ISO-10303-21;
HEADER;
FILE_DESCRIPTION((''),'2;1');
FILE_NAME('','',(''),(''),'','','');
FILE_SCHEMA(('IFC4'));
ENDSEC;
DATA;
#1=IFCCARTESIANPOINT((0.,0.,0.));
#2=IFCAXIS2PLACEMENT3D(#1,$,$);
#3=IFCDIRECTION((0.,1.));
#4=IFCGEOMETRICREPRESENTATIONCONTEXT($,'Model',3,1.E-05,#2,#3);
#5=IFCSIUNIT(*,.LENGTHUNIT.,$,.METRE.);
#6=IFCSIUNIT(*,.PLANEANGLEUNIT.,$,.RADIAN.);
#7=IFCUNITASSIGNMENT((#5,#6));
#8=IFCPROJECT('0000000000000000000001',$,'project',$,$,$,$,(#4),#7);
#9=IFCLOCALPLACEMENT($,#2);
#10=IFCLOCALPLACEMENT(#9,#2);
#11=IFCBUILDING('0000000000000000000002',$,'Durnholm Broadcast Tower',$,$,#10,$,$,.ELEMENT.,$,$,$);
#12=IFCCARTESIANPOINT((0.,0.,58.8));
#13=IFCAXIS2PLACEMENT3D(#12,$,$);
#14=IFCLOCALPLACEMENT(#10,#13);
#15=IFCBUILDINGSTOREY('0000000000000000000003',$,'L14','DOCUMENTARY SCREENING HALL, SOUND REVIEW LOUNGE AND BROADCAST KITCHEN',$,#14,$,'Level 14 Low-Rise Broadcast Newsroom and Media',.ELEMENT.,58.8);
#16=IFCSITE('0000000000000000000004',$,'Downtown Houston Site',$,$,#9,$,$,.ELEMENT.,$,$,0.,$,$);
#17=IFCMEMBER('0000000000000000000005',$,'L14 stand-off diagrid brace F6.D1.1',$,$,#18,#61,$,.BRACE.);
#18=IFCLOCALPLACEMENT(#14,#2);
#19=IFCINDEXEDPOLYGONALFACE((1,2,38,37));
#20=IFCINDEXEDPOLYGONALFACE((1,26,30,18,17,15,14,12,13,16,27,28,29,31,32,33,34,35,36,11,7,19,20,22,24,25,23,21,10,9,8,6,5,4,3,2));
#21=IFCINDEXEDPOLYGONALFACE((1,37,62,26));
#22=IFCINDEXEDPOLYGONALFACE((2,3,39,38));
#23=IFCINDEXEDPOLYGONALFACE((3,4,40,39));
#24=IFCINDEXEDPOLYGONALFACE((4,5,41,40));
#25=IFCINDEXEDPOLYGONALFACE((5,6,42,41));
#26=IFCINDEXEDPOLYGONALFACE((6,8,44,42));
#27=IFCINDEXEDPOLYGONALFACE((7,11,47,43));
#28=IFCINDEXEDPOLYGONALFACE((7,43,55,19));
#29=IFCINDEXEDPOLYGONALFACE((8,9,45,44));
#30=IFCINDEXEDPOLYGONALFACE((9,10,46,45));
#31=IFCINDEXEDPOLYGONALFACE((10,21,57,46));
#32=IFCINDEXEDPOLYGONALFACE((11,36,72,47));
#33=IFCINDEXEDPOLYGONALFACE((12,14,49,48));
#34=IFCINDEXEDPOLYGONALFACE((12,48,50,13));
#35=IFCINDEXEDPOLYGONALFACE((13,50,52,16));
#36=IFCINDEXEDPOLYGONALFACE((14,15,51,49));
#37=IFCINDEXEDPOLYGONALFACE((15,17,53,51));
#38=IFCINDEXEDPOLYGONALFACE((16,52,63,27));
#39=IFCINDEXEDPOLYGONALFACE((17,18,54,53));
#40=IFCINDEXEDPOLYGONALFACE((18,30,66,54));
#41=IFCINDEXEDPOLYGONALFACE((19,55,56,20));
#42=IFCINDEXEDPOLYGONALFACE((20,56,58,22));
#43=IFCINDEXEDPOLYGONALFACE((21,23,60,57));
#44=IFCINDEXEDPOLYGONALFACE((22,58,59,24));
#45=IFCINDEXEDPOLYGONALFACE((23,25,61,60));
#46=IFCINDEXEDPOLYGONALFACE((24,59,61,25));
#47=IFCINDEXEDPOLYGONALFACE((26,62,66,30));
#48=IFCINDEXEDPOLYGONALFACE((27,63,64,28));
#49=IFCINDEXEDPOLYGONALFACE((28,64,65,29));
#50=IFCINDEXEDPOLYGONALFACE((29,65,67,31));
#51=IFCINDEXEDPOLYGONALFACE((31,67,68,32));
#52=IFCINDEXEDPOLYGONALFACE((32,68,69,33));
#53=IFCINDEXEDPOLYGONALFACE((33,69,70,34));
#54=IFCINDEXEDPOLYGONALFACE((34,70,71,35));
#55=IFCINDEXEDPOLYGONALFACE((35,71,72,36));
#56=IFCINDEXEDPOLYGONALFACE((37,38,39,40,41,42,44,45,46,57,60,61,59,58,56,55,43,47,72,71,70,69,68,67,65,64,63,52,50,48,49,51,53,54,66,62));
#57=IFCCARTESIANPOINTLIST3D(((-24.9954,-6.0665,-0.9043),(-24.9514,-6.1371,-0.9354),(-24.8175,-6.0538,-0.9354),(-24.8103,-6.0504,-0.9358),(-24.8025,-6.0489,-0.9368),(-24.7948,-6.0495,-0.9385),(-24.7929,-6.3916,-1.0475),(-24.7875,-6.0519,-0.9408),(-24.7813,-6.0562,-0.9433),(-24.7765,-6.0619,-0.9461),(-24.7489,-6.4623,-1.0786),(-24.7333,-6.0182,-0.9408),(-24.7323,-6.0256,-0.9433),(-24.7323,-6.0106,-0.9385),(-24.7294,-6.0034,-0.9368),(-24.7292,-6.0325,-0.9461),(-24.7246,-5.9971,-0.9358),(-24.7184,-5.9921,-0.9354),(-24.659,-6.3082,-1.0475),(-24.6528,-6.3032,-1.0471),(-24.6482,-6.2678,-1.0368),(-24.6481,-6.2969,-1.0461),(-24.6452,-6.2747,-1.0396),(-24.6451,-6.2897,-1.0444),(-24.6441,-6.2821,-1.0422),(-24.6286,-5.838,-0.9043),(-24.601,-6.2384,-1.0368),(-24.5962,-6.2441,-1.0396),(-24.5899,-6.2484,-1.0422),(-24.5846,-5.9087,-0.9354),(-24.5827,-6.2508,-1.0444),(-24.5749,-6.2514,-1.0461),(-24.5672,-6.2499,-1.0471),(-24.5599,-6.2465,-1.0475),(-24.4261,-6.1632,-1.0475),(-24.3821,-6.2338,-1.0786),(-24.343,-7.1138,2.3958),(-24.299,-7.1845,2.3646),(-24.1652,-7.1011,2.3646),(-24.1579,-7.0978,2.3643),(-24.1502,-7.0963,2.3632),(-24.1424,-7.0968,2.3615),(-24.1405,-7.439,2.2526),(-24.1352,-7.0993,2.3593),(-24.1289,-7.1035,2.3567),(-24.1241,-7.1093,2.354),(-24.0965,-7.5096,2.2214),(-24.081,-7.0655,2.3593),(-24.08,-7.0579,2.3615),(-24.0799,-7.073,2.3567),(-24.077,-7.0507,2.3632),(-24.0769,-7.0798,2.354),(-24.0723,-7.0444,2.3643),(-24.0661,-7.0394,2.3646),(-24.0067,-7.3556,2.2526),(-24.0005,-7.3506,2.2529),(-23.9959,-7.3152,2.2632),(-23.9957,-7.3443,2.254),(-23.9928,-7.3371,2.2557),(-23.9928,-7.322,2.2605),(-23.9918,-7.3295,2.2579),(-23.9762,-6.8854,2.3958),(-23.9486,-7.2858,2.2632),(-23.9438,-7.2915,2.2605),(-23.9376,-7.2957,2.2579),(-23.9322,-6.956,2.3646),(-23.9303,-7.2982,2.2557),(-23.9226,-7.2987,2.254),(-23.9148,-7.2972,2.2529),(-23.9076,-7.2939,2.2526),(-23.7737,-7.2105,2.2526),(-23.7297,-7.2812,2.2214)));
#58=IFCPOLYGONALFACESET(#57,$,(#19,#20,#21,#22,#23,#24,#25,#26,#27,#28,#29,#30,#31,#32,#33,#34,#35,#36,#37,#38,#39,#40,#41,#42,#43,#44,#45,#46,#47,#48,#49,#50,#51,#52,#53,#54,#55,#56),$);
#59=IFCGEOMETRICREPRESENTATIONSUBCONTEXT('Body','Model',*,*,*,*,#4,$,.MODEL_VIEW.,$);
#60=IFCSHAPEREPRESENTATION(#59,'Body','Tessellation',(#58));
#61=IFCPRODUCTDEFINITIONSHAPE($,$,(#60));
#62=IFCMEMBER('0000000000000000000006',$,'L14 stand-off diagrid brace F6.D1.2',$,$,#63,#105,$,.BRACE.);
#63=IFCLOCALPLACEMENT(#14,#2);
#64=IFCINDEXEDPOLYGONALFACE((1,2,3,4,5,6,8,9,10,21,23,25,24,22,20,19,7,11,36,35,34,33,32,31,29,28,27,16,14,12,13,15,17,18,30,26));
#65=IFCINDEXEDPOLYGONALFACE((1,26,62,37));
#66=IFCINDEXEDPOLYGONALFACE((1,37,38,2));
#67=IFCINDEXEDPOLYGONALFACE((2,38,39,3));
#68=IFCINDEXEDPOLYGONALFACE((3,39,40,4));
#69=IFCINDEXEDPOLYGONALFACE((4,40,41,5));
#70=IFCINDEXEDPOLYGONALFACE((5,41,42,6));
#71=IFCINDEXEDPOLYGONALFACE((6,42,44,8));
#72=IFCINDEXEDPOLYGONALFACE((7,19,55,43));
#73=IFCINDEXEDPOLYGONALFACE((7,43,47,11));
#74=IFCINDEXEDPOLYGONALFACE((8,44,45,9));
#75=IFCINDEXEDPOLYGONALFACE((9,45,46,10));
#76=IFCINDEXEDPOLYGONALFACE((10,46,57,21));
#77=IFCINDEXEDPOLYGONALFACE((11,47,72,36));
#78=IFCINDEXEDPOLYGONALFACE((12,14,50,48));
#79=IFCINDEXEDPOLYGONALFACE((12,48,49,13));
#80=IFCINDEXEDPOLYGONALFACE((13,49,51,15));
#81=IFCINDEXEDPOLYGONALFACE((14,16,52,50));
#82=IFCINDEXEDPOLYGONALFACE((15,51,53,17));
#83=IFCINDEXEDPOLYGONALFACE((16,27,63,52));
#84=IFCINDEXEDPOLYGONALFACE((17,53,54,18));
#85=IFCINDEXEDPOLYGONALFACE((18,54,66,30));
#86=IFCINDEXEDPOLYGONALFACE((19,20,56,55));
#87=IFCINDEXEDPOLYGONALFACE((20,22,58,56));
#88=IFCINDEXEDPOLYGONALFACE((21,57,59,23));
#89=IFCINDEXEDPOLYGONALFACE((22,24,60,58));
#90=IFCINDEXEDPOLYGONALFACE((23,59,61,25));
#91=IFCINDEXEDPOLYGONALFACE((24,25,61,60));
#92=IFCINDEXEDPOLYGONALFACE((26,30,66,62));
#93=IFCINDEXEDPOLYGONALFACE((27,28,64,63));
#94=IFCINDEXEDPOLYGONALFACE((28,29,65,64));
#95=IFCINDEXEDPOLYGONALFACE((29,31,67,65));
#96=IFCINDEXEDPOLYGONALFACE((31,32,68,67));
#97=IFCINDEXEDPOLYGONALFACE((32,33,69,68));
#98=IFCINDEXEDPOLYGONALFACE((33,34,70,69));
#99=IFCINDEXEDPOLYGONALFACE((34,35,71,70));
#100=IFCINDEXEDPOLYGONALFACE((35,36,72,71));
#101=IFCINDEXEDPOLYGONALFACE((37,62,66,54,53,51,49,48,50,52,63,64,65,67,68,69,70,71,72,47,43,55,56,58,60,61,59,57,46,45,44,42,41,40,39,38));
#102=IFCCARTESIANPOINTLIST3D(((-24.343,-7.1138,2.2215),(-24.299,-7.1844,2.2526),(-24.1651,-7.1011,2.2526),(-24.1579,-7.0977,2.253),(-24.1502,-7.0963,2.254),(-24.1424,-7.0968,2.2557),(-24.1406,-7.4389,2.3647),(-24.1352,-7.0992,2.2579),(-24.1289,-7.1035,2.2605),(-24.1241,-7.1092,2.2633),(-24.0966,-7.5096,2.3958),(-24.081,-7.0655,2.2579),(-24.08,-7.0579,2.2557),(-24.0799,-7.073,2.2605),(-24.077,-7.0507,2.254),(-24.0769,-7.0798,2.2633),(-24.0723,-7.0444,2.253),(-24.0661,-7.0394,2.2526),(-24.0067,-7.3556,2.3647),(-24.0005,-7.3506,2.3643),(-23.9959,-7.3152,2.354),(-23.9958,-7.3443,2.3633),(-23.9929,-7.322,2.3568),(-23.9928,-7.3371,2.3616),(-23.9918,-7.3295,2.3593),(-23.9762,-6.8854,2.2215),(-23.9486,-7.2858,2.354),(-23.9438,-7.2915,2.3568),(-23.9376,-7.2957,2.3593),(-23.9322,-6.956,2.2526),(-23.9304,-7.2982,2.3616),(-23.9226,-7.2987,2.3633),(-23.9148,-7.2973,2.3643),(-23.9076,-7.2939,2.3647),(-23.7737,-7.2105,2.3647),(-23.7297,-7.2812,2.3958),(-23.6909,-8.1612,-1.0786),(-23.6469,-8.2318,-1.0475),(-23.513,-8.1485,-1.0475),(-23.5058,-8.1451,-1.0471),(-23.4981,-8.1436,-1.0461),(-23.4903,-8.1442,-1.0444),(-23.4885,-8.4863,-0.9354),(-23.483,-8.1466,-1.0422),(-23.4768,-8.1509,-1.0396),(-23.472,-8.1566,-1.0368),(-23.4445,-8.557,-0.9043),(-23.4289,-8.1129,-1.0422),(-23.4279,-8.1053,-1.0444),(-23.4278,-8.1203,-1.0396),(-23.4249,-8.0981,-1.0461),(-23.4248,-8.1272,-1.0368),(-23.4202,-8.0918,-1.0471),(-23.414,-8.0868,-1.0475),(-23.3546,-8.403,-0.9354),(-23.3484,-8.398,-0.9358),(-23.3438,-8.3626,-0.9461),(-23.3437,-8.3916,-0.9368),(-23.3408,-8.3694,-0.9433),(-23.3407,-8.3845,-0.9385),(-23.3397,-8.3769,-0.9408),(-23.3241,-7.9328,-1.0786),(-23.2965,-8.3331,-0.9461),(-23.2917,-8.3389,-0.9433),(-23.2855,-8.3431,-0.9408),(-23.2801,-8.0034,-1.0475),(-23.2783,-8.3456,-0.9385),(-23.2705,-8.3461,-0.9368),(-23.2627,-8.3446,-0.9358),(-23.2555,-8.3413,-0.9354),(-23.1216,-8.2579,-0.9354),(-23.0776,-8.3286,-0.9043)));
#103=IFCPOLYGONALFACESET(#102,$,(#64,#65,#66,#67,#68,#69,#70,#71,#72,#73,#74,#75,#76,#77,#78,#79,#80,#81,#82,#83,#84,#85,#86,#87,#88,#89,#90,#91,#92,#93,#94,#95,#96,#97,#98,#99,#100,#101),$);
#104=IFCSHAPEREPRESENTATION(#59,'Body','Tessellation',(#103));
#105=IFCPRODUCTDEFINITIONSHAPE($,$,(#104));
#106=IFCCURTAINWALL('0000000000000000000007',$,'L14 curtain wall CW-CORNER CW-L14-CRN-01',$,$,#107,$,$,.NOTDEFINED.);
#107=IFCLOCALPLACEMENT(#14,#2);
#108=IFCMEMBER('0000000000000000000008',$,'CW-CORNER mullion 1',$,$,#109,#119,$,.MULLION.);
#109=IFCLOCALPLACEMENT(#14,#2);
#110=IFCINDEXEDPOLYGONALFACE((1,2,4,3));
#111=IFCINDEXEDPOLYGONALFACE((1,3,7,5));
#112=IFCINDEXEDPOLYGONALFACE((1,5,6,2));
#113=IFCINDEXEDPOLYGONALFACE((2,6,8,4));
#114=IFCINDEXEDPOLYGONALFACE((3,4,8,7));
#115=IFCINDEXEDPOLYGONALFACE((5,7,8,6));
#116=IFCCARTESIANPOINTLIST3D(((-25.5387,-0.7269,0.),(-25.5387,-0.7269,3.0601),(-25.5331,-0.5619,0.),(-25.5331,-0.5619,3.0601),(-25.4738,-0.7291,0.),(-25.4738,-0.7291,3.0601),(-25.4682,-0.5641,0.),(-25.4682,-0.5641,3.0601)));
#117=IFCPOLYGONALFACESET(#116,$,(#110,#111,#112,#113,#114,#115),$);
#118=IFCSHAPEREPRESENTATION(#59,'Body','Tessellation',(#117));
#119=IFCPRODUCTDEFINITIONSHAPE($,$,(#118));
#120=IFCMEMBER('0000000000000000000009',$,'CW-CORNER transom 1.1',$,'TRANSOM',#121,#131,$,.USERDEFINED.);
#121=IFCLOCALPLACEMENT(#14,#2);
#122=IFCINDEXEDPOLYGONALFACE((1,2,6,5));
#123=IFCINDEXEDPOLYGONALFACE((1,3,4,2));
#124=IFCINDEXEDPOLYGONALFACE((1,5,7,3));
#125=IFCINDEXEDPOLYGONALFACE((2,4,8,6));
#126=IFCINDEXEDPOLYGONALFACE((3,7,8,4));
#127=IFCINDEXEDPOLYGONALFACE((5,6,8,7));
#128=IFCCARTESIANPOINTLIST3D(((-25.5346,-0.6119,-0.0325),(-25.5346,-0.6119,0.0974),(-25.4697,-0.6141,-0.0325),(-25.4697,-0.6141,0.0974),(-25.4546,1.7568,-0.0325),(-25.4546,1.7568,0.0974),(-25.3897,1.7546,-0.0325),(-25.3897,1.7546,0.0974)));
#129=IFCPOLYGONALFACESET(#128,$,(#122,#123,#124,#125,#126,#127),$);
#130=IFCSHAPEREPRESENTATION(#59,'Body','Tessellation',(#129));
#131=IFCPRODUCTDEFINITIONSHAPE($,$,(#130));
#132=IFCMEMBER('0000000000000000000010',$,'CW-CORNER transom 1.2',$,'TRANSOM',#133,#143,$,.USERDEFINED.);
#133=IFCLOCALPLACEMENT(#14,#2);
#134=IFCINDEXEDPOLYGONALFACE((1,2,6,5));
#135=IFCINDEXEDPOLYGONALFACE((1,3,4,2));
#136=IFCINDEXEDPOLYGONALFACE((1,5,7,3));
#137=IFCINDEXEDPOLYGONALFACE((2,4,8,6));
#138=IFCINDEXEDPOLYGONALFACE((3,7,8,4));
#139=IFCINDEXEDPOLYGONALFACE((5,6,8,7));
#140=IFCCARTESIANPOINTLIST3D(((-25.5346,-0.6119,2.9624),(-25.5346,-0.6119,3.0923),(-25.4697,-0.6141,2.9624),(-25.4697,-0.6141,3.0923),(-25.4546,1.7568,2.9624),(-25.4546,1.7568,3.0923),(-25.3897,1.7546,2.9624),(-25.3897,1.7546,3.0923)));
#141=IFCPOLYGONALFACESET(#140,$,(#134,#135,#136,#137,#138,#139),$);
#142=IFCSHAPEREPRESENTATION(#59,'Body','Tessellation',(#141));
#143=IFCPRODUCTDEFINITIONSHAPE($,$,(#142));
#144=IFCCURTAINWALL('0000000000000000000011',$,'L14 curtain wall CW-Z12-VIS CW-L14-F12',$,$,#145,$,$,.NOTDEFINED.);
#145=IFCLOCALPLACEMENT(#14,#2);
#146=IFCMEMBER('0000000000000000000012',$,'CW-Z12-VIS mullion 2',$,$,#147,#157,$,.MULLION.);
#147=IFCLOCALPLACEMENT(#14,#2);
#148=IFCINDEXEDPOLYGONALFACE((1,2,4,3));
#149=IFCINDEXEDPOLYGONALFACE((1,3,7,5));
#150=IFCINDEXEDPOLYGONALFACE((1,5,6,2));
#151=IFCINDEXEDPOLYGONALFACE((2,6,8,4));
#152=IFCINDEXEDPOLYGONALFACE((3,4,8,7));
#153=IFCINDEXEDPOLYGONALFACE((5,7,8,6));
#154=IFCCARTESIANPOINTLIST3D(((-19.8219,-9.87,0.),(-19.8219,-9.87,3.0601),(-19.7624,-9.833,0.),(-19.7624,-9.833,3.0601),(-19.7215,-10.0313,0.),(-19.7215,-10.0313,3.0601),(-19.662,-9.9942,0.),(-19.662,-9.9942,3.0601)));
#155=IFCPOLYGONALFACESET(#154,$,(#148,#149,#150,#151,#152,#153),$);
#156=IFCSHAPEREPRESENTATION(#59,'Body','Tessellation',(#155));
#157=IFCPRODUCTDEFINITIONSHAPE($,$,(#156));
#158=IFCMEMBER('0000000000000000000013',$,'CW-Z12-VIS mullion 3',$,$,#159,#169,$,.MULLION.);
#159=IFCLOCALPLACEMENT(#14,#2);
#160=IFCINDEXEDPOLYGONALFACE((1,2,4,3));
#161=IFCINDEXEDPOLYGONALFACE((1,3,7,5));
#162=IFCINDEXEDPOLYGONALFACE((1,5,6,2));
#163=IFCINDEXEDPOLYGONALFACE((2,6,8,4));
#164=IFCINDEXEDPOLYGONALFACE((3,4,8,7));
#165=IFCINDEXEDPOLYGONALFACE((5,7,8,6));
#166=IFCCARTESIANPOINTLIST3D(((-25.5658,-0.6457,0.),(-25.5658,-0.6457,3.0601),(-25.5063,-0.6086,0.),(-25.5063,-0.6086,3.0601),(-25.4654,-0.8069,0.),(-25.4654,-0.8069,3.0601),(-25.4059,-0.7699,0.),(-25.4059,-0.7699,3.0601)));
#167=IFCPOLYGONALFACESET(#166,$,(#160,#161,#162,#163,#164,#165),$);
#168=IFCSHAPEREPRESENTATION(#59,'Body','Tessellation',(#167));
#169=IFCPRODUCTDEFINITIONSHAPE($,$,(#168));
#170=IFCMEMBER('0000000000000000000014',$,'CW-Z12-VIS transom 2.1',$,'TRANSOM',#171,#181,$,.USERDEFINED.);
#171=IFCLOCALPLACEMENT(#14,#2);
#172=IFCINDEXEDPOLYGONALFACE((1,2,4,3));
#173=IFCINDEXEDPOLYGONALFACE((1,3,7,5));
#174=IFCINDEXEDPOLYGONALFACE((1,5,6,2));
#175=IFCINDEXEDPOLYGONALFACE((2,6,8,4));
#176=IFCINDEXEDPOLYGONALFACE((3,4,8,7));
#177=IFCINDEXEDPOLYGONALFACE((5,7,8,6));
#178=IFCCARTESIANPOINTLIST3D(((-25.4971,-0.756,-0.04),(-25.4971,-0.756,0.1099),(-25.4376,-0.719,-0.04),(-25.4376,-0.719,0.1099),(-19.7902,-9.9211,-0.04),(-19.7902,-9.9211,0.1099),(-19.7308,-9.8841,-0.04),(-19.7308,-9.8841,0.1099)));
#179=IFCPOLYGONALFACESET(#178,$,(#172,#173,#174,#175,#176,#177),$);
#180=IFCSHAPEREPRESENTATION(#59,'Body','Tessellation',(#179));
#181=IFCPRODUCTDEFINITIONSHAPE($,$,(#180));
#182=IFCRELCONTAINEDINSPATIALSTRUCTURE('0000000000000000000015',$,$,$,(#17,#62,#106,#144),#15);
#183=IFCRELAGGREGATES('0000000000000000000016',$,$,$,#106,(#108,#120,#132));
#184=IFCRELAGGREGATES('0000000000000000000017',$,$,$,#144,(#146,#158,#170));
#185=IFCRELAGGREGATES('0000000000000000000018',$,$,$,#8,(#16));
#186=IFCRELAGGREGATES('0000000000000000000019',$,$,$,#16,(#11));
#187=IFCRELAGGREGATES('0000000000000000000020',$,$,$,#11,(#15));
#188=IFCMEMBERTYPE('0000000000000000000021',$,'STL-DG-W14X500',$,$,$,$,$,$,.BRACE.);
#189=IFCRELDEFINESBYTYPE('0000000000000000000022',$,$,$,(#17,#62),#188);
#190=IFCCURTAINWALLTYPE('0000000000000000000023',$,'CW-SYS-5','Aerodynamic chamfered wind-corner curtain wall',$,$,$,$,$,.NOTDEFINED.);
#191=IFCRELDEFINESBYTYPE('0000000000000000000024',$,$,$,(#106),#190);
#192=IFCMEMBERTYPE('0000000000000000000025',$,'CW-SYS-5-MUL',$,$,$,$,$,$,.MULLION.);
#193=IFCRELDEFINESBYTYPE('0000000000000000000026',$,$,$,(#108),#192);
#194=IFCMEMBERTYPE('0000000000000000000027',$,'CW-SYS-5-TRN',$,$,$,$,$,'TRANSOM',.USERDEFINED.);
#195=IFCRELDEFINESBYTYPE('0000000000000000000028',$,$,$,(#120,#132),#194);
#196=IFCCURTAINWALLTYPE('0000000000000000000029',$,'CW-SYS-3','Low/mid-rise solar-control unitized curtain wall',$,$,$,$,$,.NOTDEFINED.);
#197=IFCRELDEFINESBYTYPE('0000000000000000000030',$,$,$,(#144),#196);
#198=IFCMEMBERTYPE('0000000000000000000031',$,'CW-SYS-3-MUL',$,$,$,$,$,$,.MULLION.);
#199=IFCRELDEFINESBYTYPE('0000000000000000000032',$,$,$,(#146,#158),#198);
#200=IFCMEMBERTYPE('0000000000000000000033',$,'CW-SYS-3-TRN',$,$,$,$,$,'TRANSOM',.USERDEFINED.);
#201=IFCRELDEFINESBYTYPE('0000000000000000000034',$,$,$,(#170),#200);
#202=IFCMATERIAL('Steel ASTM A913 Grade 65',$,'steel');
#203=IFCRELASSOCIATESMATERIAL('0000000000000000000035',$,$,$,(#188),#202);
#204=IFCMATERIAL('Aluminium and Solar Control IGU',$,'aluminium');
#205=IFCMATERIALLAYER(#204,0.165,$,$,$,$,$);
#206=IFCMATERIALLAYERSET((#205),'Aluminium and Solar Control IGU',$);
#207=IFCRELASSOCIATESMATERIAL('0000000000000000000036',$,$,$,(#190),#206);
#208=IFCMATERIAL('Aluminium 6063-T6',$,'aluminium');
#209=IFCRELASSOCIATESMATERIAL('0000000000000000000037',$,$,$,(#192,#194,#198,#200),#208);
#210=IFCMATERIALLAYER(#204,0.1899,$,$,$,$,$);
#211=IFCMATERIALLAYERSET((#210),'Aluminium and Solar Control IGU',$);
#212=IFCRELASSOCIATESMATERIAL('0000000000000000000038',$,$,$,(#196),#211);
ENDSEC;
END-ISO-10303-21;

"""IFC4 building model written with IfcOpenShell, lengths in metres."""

from ifc_helpers import new_model, si_unit, direction, frame, origin, origin_2d, place, context, subcontext, project, spatial, rectangle, i_section, extrude, source, transform, mapped, material, layer, layer_set, material_profile, profile_set, type_object, type_shapes, element, aggregate, save


model = new_model("IFC4")

# Units and contexts
model_context = context("Model", 3, precision=1e-05, world=origin(), true_north=direction((0.0, 1.0)))
body_context = subcontext(model_context, "Body", "Model", "MODEL_VIEW")
ifc_project = project(units=[si_unit("LENGTHUNIT", "METRE"), si_unit("PLANEANGLEUNIT", "RADIAN")], contexts=[model_context])

# Site, building, storey
site_placement = place(None, origin())
site = spatial("IfcSite", under=ifc_project, at=site_placement, Name="Downtown Houston Site", CompositionType="ELEMENT", RefElevation=0.0)
building_placement = place(site_placement, origin())
building = spatial("IfcBuilding", under=site, at=building_placement, Name="Durnholm Broadcast Tower", CompositionType="ELEMENT")
storey_placement = place(building_placement, frame((0.0, 0.0, 58.8)))
storey = spatial("IfcBuildingStorey", under=building, at=storey_placement, Name="L14", Description="DOCUMENTARY SCREENING HALL, SOUND REVIEW LOUNGE AND BROADCAST KITCHEN", LongName="Level 14 Low-Rise Broadcast Newsroom and Media", CompositionType="ELEMENT", Elevation=58.8)

# Members
ifc_material_1 = material(Name="Steel ASTM A913 Grade 65", Category="steel")
ifc_material_profile_1 = material_profile(ifc_material_1, i_section(OverallWidth=0.4321, OverallDepth=0.4978, WebThickness=0.0557, FlangeThickness=0.0889, FilletRadius=0.0305, at=origin_2d()), Name="W14X500")
ifc_profile_set_1 = profile_set([ifc_material_profile_1], Name="Steel ASTM A913 Grade 65")
member_type_1 = type_object("IfcMemberType", Name="STL-DG-W14X500", PredefinedType="BRACE", material=ifc_profile_set_1)
shared_shape_1 = source(origin(), body_context, "Body", "SweptSolid", [
    extrude(i_section(OverallWidth=0.4321, OverallDepth=0.4978, WebThickness=0.0557, FlangeThickness=0.0889, FilletRadius=0.0305, at=origin_2d()), origin(), (0.0, 0.0, 1.0), 3.5232),
])
type_shapes(member_type_1, [shared_shape_1])
for number, where, z_axis, x_axis, name in (
    (1, (-24.6887, -6.1501, -0.9915), (0.185157, -0.297277, 0.936666), (0.84882, 0.528682, 0.0), "L14 stand-off diagrid brace F6.D1.1"),
    (2, (-23.3843, -8.2449, -0.9915), (-0.18509, 0.297281, 0.936678), (-0.848909, -0.52854, 0.0), "L14 stand-off diagrid brace F6.D1.2"),
):
    element("IfcMember", number, at=place(storey_placement, frame(where, z_axis=z_axis, x_axis=x_axis)), inside=storey, type_object=member_type_1, Name=name, PredefinedType="BRACE", context=body_context, shape_type="MappedRepresentation", body=[
        mapped(shared_shape_1, transform((0.0, 0.0, 0.0), x_axis=(1.0, 0.0, 0.0), y_axis=(0.0, 1.0, 0.0), z_axis=(0.0, 0.0, 1.0), scale=1.0)),
    ])

# Curtain walls, members
ifc_material_2 = material(Name="Aluminium and Solar Control IGU", Category="aluminium")
ifc_layer_1 = layer(ifc_material_2, 0.165)
ifc_layer_set_1 = layer_set([ifc_layer_1], Name="Aluminium and Solar Control IGU")
curtain_wall_type_1 = type_object("IfcCurtainWallType", Name="CW-SYS-5", Description="Aerodynamic chamfered wind-corner curtain wall", PredefinedType="NOTDEFINED", material=ifc_layer_set_1)
curtain_wall_1_placement = place(storey_placement, origin())
curtain_wall_1 = element("IfcCurtainWall", 3, at=curtain_wall_1_placement, inside=storey, type_object=curtain_wall_type_1, Name="L14 curtain wall CW-CORNER CW-L14-CRN-01", PredefinedType="NOTDEFINED")
ifc_material_3 = material(Name="Aluminium 6063-T6", Category="aluminium")
ifc_material_profile_2 = material_profile(ifc_material_3, rectangle(XDim=0.0649, YDim=0.165, at=origin_2d()), Name="CWM65X165")
ifc_profile_set_2 = profile_set([ifc_material_profile_2], Name="Aluminium 6063-T6")
member_type_2 = type_object("IfcMemberType", Name="CW-SYS-5-MUL", PredefinedType="MULLION", material=ifc_profile_set_2)
shared_shape_2 = source(origin(), body_context, "Body", "SweptSolid", [
    extrude(rectangle(XDim=0.0649, YDim=0.165, at=origin_2d()), origin(), (0.0, 0.0, 1.0), 3.0601),
])
type_shapes(member_type_2, [shared_shape_2])
member_1_placement = place(storey_placement, frame((-25.5034, -0.6455, 0.0), z_axis=(0.0, 0.0, 1.0), x_axis=(-0.999427, 0.03384, 0.0)))
member_1 = element("IfcMember", 4, at=member_1_placement, type_object=member_type_2, Name="CW-CORNER mullion 1", PredefinedType="MULLION", context=body_context, shape_type="MappedRepresentation", body=[
    mapped(shared_shape_2, transform((0.0, 0.0, 0.0), x_axis=(1.0, 0.0, 0.0), y_axis=(0.0, 1.0, 0.0), z_axis=(0.0, 0.0, 1.0), scale=1.0)),
])
ifc_material_profile_3 = material_profile(ifc_material_3, rectangle(XDim=0.0649, YDim=0.1299, at=origin_2d()), Name="CWT65X130")
ifc_profile_set_3 = profile_set([ifc_material_profile_3], Name="Aluminium 6063-T6")
member_type_3 = type_object("IfcMemberType", Name="CW-SYS-5-TRN", ElementType="TRANSOM", PredefinedType="USERDEFINED", material=ifc_profile_set_3)
shared_shape_3 = source(origin(), body_context, "Body", "SweptSolid", [
    extrude(rectangle(XDim=0.0649, YDim=0.1299, at=origin_2d()), origin(), (0.0, 0.0, 1.0), 2.3701),
])
type_shapes(member_type_3, [shared_shape_3])
member_2_placement = place(storey_placement, frame((-25.5022, -0.613, 0.0325), z_axis=(0.033788, 0.999429, 0.0), x_axis=(-0.999429, 0.033788, 0.0)))
member_2 = element("IfcMember", 5, at=member_2_placement, type_object=member_type_3, Name="CW-CORNER transom 1.1", ObjectType="TRANSOM", PredefinedType="USERDEFINED", context=body_context, shape_type="MappedRepresentation", body=[
    mapped(shared_shape_3, transform((0.0, 0.0, 0.0), x_axis=(1.0, 0.0, 0.0), y_axis=(0.0, 1.0, 0.0), z_axis=(0.0, 0.0, 1.0), scale=1.0)),
])
member_3_placement = place(storey_placement, frame((-25.5022, -0.613, 3.0273), z_axis=(0.033788, 0.999429, 0.0), x_axis=(-0.999429, 0.033788, 0.0)))
member_3 = element("IfcMember", 6, at=member_3_placement, type_object=member_type_3, Name="CW-CORNER transom 1.2", ObjectType="TRANSOM", PredefinedType="USERDEFINED", context=body_context, shape_type="MappedRepresentation", body=[
    mapped(shared_shape_3, transform((0.0, 0.0, 0.0), x_axis=(1.0, 0.0, 0.0), y_axis=(0.0, 1.0, 0.0), z_axis=(0.0, 0.0, 1.0), scale=1.0)),
])
aggregate(curtain_wall_1, [member_1, member_2, member_3])
ifc_layer_2 = layer(ifc_material_2, 0.1899)
ifc_layer_set_2 = layer_set([ifc_layer_2], Name="Aluminium and Solar Control IGU")
curtain_wall_type_2 = type_object("IfcCurtainWallType", Name="CW-SYS-3", Description="Low/mid-rise solar-control unitized curtain wall", PredefinedType="NOTDEFINED", material=ifc_layer_set_2)
curtain_wall_2_placement = place(storey_placement, origin())
curtain_wall_2 = element("IfcCurtainWall", 7, at=curtain_wall_2_placement, inside=storey, type_object=curtain_wall_type_2, Name="L14 curtain wall CW-Z12-VIS CW-L14-F12", PredefinedType="NOTDEFINED")
ifc_material_profile_4 = material_profile(ifc_material_3, rectangle(XDim=0.0701, YDim=0.1899, at=origin_2d()), Name="CWM70X190")
ifc_profile_set_4 = profile_set([ifc_material_profile_4], Name="Aluminium 6063-T6")
member_type_4 = type_object("IfcMemberType", Name="CW-SYS-3-MUL", PredefinedType="MULLION", material=ifc_profile_set_4)
shared_shape_4 = source(origin(), body_context, "Body", "SweptSolid", [
    extrude(rectangle(XDim=0.0701, YDim=0.1899, at=origin_2d()), origin(), (0.0, 0.0, 1.0), 3.0601),
])
type_shapes(member_type_4, [shared_shape_4])
member_4_placement = place(storey_placement, frame((-19.7419, -9.9321, 0.0), z_axis=(0.0, 0.0, 1.0), x_axis=(-0.848876, -0.528592, 0.0)))
member_4 = element("IfcMember", 8, at=member_4_placement, type_object=member_type_4, Name="CW-Z12-VIS mullion 2", PredefinedType="MULLION", context=body_context, shape_type="MappedRepresentation", body=[
    mapped(shared_shape_4, transform((0.0, 0.0, 0.0), x_axis=(1.0, 0.0, 0.0), y_axis=(0.0, 1.0, 0.0), z_axis=(0.0, 0.0, 1.0), scale=1.0)),
])
member_5_placement = place(storey_placement, frame((-25.4858, -0.7078, 0.0), z_axis=(0.0, 0.0, 1.0), x_axis=(-0.848876, -0.528592, 0.0)))
member_5 = element("IfcMember", 9, at=member_5_placement, type_object=member_type_4, Name="CW-Z12-VIS mullion 3", PredefinedType="MULLION", context=body_context, shape_type="MappedRepresentation", body=[
    mapped(shared_shape_4, transform((0.0, 0.0, 0.0), x_axis=(1.0, 0.0, 0.0), y_axis=(0.0, 1.0, 0.0), z_axis=(0.0, 0.0, 1.0), scale=1.0)),
])
ifc_material_profile_5 = material_profile(ifc_material_3, rectangle(XDim=0.0701, YDim=0.1499, at=origin_2d()), Name="CWT70X150")
ifc_profile_set_5 = profile_set([ifc_material_profile_5], Name="Aluminium 6063-T6")
member_type_5 = type_object("IfcMemberType", Name="CW-SYS-3-TRN", ElementType="TRANSOM", PredefinedType="USERDEFINED", material=ifc_profile_set_5)
shared_shape_5 = source(origin(), body_context, "Body", "SweptSolid", [
    extrude(rectangle(XDim=0.0701, YDim=0.1499, at=origin_2d()), origin(), (0.0, 0.0, 1.0), 10.7966),
])
type_shapes(member_type_5, [shared_shape_5])
member_6_placement = place(storey_placement, frame((-19.7605, -9.9026, 0.0349), z_axis=(-0.528575, 0.848886, 0.0), x_axis=(-0.848886, -0.528575, 0.0)))
member_6 = element("IfcMember", 10, at=member_6_placement, type_object=member_type_5, Name="CW-Z12-VIS transom 2.1", ObjectType="TRANSOM", PredefinedType="USERDEFINED", context=body_context, shape_type="MappedRepresentation", body=[
    mapped(shared_shape_5, transform((0.0, 0.0, 0.0), x_axis=(1.0, 0.0, 0.0), y_axis=(0.0, 1.0, 0.0), z_axis=(0.0, 0.0, 1.0), scale=1.0)),
])

aggregate(curtain_wall_2, [member_4, member_5, member_6])

save(model, "model.ifc")
